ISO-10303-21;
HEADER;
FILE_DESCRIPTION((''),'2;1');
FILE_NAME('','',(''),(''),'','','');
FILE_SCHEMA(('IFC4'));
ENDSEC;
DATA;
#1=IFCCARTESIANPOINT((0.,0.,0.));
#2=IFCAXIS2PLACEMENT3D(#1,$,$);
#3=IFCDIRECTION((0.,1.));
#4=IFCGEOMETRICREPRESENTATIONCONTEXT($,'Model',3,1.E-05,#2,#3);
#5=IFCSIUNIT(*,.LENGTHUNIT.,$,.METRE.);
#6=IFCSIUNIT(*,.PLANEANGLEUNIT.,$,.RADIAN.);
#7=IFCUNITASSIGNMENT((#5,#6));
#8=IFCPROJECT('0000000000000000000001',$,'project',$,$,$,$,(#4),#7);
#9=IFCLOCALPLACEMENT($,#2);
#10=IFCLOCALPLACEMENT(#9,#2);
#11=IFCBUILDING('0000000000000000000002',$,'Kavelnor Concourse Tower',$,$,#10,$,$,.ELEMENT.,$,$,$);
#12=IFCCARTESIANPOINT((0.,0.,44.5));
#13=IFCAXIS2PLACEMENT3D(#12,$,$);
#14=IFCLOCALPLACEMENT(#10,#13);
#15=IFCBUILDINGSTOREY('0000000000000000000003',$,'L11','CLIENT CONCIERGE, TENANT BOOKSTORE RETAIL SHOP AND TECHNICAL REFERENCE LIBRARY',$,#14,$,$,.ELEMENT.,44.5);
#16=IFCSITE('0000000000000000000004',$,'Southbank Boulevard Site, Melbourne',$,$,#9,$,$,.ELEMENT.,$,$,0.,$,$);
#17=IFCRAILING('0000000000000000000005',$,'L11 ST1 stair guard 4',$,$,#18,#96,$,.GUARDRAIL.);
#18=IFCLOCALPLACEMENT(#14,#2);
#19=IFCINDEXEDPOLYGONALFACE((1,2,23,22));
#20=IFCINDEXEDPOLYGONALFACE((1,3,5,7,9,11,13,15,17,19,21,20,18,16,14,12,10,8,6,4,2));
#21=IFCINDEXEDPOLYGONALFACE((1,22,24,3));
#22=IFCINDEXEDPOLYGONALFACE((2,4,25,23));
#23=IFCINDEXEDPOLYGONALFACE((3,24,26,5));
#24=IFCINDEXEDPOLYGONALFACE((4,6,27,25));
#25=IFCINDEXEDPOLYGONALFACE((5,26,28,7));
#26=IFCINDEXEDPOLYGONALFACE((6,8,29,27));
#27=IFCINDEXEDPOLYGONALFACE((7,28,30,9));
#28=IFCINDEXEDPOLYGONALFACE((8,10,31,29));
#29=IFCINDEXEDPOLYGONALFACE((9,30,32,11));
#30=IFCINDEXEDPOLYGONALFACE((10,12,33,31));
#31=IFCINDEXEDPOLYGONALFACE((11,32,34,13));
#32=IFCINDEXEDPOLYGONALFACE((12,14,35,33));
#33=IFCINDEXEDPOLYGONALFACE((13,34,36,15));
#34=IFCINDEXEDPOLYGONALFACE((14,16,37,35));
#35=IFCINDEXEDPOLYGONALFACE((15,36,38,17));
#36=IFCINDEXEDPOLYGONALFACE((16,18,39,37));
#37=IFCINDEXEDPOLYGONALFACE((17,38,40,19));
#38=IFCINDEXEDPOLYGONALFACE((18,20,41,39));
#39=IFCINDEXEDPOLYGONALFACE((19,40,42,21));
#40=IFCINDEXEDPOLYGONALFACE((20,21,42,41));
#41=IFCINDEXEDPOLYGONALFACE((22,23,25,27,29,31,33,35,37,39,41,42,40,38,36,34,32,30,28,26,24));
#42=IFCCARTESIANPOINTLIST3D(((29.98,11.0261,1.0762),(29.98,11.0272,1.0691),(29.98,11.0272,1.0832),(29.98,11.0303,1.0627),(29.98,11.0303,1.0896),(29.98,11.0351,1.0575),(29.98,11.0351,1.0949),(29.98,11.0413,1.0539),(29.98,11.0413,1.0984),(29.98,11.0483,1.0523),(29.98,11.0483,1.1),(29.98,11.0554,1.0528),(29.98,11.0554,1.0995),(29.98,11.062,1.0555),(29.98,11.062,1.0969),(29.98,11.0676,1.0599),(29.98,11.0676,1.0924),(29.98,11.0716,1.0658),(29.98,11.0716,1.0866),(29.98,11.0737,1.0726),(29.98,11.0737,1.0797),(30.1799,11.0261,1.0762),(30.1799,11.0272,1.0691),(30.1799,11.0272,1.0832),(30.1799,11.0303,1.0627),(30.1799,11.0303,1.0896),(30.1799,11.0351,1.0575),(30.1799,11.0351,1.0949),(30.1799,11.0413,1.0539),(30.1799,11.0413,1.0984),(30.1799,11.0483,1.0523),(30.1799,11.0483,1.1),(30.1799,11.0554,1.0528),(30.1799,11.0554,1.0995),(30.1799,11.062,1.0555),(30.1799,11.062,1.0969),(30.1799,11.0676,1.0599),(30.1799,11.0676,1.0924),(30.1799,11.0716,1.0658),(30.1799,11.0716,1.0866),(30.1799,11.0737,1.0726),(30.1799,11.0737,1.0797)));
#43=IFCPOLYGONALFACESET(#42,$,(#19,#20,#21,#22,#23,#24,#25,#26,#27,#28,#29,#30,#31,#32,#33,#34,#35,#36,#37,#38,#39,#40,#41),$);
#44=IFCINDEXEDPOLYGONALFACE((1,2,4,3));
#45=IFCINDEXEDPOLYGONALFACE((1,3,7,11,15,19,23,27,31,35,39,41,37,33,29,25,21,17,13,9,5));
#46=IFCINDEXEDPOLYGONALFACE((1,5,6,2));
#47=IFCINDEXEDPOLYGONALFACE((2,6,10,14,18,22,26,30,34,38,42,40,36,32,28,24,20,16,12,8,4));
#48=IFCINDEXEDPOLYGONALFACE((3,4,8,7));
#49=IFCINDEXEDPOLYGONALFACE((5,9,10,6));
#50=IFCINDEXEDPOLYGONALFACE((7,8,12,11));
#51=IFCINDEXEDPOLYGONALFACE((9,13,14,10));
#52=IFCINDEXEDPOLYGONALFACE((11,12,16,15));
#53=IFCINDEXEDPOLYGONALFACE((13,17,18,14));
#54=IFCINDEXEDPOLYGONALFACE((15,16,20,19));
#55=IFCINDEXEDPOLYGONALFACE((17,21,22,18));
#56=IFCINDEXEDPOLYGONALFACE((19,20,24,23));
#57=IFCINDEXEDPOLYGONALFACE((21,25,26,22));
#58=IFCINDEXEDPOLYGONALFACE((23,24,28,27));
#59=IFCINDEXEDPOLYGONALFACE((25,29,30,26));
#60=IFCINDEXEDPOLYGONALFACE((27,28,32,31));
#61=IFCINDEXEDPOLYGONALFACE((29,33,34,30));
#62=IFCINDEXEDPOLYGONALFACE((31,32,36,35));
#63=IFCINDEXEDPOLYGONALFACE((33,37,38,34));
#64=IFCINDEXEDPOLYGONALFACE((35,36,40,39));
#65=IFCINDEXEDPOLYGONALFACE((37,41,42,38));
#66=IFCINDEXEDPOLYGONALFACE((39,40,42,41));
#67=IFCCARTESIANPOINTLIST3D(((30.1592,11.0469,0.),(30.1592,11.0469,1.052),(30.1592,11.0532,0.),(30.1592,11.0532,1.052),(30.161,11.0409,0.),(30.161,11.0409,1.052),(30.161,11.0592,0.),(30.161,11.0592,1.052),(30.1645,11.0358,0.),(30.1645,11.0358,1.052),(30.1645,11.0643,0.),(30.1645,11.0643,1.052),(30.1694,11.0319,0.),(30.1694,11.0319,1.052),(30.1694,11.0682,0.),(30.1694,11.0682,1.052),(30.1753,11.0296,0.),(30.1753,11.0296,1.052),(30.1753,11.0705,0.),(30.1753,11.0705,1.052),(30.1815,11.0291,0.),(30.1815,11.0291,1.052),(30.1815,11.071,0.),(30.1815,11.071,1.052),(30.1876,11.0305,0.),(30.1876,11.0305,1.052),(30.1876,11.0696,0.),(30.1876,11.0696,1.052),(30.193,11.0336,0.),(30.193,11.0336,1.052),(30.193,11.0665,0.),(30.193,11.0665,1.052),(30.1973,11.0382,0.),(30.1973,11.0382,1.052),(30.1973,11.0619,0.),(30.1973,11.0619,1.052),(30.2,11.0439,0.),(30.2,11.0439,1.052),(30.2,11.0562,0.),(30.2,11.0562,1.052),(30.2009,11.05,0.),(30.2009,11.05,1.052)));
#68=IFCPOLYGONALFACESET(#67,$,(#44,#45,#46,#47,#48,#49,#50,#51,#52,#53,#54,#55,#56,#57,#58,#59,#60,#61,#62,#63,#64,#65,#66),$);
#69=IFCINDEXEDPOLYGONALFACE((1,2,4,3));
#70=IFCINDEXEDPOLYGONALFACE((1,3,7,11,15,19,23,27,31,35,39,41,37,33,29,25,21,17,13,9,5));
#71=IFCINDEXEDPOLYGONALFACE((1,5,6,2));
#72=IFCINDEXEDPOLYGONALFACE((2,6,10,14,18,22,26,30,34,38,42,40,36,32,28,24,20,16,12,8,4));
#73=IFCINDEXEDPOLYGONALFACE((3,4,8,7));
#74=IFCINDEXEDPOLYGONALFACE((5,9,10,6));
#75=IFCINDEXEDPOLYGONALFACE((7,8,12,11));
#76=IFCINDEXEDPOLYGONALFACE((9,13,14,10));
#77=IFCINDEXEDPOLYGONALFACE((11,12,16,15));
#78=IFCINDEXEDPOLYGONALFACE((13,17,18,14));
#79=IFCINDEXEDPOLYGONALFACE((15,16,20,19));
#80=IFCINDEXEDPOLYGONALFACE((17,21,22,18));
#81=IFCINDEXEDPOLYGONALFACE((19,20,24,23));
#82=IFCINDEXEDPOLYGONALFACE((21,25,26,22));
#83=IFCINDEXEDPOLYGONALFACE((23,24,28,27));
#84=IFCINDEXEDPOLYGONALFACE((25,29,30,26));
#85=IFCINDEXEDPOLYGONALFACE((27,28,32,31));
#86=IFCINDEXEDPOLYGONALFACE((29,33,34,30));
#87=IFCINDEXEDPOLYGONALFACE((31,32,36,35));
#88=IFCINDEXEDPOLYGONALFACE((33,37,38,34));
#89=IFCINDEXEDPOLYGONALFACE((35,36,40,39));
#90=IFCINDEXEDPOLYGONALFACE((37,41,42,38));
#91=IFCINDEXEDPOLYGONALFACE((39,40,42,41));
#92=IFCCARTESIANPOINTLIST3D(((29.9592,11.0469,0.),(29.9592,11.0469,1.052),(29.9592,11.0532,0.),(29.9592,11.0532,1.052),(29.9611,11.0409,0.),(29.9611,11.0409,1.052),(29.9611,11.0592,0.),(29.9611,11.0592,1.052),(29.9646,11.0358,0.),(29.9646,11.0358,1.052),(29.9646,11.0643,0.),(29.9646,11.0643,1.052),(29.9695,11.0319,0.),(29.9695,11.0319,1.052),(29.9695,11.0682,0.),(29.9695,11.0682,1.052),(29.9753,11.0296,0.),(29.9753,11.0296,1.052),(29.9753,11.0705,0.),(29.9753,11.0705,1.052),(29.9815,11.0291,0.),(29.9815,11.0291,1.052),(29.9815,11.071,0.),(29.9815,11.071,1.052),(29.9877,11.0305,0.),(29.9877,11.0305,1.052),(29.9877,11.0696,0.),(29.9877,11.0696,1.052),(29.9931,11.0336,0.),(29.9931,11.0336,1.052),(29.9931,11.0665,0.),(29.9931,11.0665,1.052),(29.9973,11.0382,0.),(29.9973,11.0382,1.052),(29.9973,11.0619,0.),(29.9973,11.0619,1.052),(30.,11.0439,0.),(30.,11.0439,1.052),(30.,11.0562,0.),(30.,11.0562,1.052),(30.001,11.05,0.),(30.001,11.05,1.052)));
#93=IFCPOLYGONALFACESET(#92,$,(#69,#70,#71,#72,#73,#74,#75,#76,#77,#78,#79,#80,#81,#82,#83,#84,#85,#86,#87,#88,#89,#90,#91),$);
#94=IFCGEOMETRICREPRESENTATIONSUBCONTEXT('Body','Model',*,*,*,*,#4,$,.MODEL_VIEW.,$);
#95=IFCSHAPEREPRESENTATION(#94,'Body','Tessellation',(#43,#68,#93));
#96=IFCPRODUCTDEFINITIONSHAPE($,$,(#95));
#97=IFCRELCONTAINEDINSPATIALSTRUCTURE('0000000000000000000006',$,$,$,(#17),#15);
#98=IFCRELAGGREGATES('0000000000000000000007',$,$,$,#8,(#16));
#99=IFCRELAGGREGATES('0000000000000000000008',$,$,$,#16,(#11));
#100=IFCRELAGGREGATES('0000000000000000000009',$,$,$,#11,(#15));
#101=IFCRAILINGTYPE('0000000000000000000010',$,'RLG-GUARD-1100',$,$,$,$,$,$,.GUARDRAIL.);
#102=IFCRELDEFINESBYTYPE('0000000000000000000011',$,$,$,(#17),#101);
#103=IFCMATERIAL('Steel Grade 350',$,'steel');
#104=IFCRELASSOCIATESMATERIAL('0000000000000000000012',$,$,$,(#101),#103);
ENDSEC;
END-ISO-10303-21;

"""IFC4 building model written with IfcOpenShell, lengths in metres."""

from ifc_helpers import new_model, si_unit, direction, frame, origin, origin_2d, place, context, subcontext, project, spatial, circle, extrude, material, type_object, element, save


model = new_model("IFC4")

# Units and contexts
model_context = context("Model", 3, precision=1e-05, world=origin(), true_north=direction((0.0, 1.0)))
body_context = subcontext(model_context, "Body", "Model", "MODEL_VIEW")
ifc_project = project(units=[si_unit("LENGTHUNIT", "METRE"), si_unit("PLANEANGLEUNIT", "RADIAN")], contexts=[model_context])

# Site, building, storey
site_placement = place(None, origin())
site = spatial("IfcSite", under=ifc_project, at=site_placement, Name="Southbank Boulevard Site, Melbourne", CompositionType="ELEMENT", RefElevation=0.0)
building_placement = place(site_placement, origin())
building = spatial("IfcBuilding", under=site, at=building_placement, Name="Kavelnor Concourse Tower", CompositionType="ELEMENT")
storey_placement = place(building_placement, frame((0.0, 0.0, 44.5)))
storey = spatial("IfcBuildingStorey", under=building, at=storey_placement, Name="L11", Description="CLIENT CONCIERGE, TENANT BOOKSTORE RETAIL SHOP AND TECHNICAL REFERENCE LIBRARY", CompositionType="ELEMENT", Elevation=44.5)

# Shared definitions
ifc_material_1 = material(Name="Steel Grade 350", Category="steel")

# Railing
railing_type_1 = type_object("IfcRailingType", Name="RLG-GUARD-1100", PredefinedType="GUARDRAIL", material=ifc_material_1)
railing_1_placement = place(storey_placement, frame((30.1799, 11.05, 0.0)))
element("IfcRailing", 1, at=railing_1_placement, inside=storey, type_object=railing_type_1, Name="L11 ST1 stair guard 4", PredefinedType="GUARDRAIL", context=body_context, shape_type="SweptSolid", body=[
    extrude(circle(Radius=0.0239, at=origin_2d()), frame((0.0, 0.0, 1.0762), z_axis=(-1.0, 0.0, 0.0), x_axis=(0.0, -1.0, 0.0)), (0.0, 0.0, 1.0), 0.2),
    extrude(circle(Radius=0.021, at=origin_2d()), origin(), (0.0, 0.0, 1.0), 1.052),
    extrude(circle(Radius=0.021, at=origin_2d()), frame((-0.2, 0.0, 0.0)), (0.0, 0.0, 1.0), 1.052),
])

save(model, "model.ifc")
